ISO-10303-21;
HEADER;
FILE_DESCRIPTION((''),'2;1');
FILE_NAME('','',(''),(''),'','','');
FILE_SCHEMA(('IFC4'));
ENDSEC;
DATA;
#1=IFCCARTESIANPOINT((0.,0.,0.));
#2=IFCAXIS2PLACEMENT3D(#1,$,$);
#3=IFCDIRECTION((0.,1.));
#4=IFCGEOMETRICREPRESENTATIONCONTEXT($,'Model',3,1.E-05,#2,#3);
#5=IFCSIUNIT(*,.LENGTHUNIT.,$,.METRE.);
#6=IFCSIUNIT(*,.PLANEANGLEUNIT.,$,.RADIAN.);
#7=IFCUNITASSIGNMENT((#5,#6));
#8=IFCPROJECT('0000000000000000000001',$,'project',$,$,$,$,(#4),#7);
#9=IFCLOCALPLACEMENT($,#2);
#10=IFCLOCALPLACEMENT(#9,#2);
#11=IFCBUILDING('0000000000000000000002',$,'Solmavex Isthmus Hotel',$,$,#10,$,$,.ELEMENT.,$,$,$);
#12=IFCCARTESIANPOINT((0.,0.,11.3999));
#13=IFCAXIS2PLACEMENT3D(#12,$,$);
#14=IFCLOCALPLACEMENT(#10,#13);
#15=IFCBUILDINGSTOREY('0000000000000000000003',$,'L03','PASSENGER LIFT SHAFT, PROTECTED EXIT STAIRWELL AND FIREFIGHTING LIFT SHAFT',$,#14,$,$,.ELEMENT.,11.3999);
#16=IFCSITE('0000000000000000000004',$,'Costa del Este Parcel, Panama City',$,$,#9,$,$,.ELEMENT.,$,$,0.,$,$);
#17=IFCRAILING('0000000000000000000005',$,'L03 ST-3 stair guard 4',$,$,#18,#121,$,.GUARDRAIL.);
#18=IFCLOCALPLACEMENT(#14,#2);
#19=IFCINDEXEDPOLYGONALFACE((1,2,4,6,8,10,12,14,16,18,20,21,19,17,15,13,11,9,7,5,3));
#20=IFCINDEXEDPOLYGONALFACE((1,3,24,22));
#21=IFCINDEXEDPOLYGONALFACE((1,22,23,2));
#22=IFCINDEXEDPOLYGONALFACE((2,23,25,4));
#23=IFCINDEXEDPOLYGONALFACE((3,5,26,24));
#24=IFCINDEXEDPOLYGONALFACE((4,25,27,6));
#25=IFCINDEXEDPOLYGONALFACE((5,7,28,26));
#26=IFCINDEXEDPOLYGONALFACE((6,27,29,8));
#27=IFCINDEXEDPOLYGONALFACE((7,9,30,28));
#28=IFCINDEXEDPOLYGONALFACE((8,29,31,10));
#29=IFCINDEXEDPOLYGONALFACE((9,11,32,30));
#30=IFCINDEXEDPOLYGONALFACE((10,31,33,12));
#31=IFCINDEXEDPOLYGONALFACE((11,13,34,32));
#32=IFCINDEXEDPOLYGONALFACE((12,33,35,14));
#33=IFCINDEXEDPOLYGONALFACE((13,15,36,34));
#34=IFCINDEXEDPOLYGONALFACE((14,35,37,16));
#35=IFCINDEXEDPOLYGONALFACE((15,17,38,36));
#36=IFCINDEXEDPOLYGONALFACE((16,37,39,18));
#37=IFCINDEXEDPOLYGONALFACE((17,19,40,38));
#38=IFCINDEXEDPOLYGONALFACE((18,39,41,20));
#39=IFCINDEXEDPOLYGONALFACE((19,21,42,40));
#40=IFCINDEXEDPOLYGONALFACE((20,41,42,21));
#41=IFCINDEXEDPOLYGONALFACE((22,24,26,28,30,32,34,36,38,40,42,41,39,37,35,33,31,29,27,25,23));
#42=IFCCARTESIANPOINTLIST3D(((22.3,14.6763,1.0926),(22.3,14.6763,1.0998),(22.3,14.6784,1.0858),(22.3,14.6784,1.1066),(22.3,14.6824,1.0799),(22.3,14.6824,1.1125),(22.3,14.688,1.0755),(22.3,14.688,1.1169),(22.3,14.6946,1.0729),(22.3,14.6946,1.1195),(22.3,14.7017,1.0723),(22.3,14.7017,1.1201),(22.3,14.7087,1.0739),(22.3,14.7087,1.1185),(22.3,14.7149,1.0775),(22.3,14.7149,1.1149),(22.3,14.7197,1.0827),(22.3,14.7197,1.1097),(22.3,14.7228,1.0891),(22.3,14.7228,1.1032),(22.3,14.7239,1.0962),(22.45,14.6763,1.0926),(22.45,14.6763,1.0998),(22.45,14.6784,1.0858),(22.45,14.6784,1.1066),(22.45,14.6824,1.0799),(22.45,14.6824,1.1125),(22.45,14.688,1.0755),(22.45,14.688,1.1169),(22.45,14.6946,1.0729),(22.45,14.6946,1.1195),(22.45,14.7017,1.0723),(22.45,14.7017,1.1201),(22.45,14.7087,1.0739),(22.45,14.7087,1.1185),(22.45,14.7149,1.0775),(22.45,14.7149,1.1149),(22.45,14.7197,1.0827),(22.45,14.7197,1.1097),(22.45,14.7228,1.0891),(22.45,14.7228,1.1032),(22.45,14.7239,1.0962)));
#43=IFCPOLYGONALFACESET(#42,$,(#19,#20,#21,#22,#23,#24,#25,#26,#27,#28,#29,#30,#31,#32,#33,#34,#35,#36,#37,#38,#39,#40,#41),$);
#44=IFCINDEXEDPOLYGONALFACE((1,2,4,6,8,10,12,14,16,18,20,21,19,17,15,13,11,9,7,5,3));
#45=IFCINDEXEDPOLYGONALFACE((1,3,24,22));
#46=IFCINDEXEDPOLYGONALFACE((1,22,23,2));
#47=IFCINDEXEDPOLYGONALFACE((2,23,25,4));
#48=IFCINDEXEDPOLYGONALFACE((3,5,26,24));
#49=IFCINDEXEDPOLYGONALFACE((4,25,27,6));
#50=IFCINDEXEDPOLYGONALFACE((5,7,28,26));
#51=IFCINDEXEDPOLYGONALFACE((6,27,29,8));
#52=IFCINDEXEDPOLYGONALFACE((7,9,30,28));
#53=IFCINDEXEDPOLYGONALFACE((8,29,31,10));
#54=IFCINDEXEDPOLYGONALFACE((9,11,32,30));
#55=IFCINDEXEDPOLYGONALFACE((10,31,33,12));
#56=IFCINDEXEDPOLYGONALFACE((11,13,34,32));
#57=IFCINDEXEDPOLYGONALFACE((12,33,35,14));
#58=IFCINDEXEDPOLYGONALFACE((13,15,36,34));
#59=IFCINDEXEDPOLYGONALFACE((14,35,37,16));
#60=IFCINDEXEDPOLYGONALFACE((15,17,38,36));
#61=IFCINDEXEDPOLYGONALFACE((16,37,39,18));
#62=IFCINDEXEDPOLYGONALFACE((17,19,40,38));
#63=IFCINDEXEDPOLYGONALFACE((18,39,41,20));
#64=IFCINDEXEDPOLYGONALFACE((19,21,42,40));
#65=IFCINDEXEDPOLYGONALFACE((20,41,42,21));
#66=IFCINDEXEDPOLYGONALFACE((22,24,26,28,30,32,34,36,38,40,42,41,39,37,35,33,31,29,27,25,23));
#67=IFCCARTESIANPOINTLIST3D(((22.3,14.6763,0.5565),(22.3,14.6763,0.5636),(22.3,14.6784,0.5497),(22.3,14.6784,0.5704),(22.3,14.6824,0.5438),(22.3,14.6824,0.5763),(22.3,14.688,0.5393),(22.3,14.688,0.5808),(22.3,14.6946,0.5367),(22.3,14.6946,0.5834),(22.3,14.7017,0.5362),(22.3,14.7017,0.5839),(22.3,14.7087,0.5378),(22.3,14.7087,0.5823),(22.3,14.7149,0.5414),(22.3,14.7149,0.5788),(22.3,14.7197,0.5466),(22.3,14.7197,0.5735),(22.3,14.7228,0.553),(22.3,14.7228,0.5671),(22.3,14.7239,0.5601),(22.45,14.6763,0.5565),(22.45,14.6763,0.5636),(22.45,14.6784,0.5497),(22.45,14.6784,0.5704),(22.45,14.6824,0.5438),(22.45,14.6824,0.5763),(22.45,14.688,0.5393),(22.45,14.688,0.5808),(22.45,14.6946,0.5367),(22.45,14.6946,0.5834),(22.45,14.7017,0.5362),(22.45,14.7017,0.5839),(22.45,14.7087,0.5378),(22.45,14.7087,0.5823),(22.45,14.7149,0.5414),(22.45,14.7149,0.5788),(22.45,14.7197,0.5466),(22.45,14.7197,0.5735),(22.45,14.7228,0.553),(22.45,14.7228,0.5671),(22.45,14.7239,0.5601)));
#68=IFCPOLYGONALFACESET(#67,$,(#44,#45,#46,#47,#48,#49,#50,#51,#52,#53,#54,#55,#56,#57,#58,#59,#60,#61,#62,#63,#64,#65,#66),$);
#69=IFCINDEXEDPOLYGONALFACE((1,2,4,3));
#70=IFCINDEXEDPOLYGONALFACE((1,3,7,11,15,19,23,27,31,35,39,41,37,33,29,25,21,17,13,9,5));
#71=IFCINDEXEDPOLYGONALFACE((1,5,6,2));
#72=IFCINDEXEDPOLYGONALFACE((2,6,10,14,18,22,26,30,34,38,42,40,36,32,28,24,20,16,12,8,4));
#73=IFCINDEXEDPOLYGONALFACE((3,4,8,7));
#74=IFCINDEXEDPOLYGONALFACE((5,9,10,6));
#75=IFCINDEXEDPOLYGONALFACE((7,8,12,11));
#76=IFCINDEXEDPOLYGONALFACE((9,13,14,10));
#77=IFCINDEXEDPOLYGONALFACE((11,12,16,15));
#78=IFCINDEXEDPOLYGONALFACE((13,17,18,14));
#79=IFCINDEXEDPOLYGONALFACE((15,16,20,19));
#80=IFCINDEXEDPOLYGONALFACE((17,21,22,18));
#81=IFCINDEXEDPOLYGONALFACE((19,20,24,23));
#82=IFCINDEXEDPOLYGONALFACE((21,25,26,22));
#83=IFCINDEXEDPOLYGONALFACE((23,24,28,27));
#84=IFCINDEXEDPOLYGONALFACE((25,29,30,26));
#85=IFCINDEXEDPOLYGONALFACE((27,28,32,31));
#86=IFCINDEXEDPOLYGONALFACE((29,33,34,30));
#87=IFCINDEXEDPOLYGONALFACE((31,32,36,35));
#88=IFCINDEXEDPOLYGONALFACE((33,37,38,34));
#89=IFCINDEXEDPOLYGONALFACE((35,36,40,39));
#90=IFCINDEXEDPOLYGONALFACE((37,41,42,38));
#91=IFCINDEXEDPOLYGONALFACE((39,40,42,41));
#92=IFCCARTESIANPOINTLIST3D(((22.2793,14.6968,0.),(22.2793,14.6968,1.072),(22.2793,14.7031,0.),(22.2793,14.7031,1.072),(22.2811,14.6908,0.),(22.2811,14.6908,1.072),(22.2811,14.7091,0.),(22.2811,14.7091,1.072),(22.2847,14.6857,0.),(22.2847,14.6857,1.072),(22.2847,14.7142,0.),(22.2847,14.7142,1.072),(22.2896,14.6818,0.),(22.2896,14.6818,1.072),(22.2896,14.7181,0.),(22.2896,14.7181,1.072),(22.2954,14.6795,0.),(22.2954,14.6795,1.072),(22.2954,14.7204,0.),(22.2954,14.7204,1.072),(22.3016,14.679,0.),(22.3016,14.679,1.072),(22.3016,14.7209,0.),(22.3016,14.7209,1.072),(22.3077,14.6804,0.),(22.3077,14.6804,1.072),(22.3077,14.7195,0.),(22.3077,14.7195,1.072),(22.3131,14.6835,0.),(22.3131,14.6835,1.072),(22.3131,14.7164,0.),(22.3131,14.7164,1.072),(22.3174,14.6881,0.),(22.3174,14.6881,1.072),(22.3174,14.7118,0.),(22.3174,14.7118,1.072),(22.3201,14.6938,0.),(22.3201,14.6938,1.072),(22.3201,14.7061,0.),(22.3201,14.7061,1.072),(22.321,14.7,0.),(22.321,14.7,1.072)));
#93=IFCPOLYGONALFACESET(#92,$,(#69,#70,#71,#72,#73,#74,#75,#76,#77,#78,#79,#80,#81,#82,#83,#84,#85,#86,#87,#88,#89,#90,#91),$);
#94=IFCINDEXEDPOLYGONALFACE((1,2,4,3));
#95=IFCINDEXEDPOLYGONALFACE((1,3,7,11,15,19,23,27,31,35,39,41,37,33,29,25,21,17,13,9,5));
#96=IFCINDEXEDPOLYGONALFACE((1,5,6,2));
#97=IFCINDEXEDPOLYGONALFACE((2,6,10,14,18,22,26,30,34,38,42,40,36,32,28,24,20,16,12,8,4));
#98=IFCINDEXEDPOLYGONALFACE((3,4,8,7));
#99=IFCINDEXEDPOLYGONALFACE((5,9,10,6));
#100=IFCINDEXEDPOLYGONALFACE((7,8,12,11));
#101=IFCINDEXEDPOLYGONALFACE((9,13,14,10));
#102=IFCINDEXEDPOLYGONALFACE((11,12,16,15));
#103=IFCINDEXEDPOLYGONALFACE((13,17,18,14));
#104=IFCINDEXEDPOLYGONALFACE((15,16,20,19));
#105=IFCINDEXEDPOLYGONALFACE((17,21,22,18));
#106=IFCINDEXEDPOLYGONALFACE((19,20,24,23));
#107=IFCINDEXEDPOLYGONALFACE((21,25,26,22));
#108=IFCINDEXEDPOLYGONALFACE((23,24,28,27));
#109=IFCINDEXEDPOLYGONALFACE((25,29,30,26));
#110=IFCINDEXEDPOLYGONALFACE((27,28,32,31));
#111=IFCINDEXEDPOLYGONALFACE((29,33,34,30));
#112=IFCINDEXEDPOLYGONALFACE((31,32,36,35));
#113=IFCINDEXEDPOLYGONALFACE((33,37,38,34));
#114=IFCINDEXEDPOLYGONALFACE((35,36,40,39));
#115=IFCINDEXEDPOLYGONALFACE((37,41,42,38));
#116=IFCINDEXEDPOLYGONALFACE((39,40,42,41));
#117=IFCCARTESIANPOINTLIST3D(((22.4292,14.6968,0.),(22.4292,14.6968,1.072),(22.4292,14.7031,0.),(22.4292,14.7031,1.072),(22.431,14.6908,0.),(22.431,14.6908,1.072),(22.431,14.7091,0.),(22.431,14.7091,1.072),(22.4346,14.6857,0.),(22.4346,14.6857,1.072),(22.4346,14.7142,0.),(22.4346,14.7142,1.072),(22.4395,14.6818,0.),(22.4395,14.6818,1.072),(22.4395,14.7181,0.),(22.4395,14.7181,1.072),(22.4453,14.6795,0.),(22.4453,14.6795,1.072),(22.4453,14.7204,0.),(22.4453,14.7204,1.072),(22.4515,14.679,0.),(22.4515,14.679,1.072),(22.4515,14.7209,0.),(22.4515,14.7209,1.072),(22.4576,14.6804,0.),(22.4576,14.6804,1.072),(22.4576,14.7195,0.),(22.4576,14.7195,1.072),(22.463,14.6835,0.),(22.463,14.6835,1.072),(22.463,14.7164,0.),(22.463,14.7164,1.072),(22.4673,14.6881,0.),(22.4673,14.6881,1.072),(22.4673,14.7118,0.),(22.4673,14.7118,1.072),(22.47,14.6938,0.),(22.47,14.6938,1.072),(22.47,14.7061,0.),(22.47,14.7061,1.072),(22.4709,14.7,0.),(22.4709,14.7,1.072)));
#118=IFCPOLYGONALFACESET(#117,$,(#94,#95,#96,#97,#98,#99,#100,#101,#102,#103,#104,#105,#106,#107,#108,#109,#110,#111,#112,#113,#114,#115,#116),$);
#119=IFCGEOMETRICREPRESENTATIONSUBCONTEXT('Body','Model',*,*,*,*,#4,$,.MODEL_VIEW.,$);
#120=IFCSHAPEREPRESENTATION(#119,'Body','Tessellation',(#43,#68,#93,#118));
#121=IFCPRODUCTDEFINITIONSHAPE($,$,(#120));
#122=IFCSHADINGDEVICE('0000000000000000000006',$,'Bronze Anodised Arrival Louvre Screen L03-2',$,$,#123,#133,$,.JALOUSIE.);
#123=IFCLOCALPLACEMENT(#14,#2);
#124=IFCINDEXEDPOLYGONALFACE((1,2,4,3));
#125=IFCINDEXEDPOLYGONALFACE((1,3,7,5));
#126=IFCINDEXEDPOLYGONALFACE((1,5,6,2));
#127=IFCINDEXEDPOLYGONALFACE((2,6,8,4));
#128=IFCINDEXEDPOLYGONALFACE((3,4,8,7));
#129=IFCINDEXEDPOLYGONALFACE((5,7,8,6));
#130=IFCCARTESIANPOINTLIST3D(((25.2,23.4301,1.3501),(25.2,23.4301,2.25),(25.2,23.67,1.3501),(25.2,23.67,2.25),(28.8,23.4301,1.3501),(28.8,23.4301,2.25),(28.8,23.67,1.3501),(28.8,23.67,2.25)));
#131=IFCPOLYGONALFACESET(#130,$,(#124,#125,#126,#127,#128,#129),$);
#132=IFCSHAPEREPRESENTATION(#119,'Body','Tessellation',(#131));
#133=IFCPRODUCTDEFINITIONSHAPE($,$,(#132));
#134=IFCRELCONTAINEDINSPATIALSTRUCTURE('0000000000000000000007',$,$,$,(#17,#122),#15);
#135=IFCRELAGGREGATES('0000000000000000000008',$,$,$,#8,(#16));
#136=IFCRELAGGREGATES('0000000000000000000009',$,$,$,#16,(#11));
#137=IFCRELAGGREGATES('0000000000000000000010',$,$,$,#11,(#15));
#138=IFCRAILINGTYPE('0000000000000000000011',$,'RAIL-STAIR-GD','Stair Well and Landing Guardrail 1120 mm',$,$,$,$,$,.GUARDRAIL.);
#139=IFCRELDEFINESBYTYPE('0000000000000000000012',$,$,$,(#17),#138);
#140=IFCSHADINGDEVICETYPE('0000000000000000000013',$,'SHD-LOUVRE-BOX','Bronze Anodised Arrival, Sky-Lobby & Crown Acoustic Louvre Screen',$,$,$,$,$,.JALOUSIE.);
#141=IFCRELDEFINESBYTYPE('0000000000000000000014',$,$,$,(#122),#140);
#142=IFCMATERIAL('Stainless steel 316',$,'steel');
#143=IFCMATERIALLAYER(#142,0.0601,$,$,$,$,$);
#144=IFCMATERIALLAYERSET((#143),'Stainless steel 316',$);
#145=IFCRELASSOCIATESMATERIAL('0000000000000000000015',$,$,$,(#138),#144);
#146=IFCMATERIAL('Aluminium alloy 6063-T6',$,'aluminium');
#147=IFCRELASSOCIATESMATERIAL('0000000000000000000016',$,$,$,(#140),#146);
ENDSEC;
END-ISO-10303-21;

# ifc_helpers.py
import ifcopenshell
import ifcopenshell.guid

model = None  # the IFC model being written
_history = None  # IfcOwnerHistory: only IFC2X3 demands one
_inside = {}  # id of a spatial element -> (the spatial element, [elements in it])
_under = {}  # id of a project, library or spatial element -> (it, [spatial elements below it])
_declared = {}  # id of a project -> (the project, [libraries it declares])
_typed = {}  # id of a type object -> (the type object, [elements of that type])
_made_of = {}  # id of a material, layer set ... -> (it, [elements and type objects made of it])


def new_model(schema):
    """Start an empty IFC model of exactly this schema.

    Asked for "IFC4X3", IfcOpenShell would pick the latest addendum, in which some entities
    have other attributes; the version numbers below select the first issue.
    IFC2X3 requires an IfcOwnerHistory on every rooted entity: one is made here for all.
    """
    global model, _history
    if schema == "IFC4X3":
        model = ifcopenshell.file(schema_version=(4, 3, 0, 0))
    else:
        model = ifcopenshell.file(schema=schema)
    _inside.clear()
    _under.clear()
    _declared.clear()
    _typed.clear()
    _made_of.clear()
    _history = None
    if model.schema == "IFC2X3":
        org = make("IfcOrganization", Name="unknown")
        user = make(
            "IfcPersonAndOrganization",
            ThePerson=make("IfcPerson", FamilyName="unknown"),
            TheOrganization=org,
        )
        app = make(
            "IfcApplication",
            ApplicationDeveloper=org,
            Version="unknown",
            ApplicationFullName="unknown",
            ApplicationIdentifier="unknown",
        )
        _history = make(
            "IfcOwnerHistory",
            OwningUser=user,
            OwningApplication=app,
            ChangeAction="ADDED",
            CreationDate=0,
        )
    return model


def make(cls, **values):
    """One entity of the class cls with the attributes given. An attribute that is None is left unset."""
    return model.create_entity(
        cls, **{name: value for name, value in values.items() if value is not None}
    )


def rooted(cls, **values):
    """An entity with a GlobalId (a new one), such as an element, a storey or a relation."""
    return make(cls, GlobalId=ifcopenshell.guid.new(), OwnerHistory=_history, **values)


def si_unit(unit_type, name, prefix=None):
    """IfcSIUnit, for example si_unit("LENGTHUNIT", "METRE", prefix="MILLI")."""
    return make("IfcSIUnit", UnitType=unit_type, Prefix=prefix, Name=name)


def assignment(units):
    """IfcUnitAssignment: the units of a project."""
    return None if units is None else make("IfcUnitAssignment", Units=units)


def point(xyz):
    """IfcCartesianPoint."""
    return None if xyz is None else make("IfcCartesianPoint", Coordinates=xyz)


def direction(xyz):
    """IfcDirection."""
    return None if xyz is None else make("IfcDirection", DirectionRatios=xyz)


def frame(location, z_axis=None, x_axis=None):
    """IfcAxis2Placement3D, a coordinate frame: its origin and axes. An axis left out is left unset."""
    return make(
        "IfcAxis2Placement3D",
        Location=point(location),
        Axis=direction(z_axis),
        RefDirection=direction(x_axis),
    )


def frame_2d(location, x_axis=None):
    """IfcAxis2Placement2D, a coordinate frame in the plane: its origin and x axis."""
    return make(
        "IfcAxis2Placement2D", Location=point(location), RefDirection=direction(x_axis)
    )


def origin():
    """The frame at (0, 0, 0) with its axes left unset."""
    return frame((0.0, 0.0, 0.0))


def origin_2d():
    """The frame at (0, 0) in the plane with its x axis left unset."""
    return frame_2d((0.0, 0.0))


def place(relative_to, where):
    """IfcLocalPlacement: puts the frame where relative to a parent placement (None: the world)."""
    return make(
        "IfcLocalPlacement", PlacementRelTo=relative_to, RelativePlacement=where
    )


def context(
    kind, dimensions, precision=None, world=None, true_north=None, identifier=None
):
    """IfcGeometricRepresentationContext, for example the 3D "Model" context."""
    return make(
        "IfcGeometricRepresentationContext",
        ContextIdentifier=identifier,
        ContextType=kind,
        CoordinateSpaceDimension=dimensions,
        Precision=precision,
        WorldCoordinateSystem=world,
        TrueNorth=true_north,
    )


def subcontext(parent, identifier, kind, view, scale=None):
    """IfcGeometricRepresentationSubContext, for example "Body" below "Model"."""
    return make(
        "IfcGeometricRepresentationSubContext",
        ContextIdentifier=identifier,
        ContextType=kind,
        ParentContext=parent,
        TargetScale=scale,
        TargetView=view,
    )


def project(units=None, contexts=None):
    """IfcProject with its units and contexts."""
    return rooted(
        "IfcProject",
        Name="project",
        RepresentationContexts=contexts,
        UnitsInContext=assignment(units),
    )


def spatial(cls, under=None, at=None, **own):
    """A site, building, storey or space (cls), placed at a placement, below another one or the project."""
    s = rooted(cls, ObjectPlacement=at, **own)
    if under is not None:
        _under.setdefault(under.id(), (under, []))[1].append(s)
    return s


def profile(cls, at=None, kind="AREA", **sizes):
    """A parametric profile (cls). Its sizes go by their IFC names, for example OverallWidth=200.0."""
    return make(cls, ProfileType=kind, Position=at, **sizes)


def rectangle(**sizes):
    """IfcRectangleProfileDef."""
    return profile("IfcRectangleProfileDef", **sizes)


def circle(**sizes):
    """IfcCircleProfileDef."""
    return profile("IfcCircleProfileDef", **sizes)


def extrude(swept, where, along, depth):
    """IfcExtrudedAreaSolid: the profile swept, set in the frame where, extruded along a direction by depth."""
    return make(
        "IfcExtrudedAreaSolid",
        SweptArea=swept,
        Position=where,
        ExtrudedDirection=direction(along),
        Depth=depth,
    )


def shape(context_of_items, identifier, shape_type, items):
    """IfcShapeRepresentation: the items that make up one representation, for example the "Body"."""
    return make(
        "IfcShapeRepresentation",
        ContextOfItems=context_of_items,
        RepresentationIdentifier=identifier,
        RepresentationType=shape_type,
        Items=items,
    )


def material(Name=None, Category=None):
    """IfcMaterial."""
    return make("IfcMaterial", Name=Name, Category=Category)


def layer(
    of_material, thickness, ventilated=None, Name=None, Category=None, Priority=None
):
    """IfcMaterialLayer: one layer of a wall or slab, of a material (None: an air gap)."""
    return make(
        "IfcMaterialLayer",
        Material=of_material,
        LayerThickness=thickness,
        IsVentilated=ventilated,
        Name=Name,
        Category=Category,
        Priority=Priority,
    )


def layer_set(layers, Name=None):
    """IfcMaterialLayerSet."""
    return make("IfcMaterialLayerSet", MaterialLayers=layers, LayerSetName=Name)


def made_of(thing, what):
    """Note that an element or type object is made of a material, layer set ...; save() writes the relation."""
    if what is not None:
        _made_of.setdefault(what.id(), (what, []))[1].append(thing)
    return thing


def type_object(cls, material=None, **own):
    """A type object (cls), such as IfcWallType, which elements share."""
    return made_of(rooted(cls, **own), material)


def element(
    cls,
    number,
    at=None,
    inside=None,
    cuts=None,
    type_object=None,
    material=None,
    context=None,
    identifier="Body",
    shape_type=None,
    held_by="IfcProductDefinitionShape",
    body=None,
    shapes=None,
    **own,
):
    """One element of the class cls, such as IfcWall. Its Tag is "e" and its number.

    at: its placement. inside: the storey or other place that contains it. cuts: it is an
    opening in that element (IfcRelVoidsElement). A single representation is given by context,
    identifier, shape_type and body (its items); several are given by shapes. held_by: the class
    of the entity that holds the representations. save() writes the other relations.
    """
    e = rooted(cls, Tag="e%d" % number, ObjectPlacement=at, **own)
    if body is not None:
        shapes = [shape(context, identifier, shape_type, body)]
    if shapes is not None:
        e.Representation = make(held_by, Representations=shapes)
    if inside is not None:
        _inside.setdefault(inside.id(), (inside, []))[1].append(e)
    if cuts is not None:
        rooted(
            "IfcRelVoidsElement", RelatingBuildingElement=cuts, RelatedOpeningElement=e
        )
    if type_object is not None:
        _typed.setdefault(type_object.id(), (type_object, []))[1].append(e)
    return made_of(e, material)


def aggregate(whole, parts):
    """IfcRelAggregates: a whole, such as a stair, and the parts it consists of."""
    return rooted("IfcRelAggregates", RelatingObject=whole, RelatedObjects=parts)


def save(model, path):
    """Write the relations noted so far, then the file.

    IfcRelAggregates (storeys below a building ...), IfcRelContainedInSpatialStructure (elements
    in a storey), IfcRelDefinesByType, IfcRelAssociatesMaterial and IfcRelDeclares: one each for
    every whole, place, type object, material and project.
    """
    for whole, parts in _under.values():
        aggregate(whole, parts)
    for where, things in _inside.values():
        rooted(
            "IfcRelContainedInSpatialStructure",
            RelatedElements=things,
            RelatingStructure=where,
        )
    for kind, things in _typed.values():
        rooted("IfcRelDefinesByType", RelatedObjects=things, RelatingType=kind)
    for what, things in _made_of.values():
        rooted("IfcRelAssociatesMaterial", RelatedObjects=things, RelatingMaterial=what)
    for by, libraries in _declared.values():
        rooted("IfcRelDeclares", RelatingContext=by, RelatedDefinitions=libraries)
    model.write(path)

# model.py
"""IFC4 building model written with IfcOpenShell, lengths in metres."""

from ifc_helpers import new_model, si_unit, direction, frame, origin, origin_2d, place, context, subcontext, project, spatial, rectangle, circle, extrude, material, layer, layer_set, type_object, element, save


model = new_model("IFC4")

# Units and contexts
model_context = context("Model", 3, precision=1e-05, world=origin(), true_north=direction((0.0, 1.0)))
body_context = subcontext(model_context, "Body", "Model", "MODEL_VIEW")
ifc_project = project(units=[si_unit("LENGTHUNIT", "METRE"), si_unit("PLANEANGLEUNIT", "RADIAN")], contexts=[model_context])

# Site, building, storey
site_placement = place(None, origin())
site = spatial("IfcSite", under=ifc_project, at=site_placement, Name="Costa del Este Parcel, Panama City", CompositionType="ELEMENT", RefElevation=0.0)
building_placement = place(site_placement, origin())
building = spatial("IfcBuilding", under=site, at=building_placement, Name="Solmavex Isthmus Hotel", CompositionType="ELEMENT")
storey_placement = place(building_placement, frame((0.0, 0.0, 11.3999)))
storey = spatial("IfcBuildingStorey", under=building, at=storey_placement, Name="L03", Description="PASSENGER LIFT SHAFT, PROTECTED EXIT STAIRWELL AND FIREFIGHTING LIFT SHAFT", CompositionType="ELEMENT", Elevation=11.3999)

# Shared definitions
ifc_material_1 = material(Name="Aluminium alloy 6063-T6", Category="aluminium")

# Railing
ifc_material_2 = material(Name="Stainless steel 316", Category="steel")
ifc_layer_1 = layer(ifc_material_2, 0.0601)
ifc_layer_set_1 = layer_set([ifc_layer_1], Name="Stainless steel 316")
railing_type_1 = type_object("IfcRailingType", Name="RAIL-STAIR-GD", Description="Stair Well and Landing Guardrail 1120 mm", PredefinedType="GUARDRAIL", material=ifc_layer_set_1)
railing_1_placement = place(storey_placement, frame((22.3, 14.7, 0.0)))
element("IfcRailing", 1, at=railing_1_placement, inside=storey, type_object=railing_type_1, Name="L03 ST-3 stair guard 4", PredefinedType="GUARDRAIL", context=body_context, shape_type="SweptSolid", body=[
    extrude(circle(Radius=0.0239, at=origin_2d()), frame((0.0, 0.0, 1.0962), z_axis=(1.0, 0.0, 0.0), x_axis=(0.0, 1.0, 0.0)), (0.0, 0.0, 1.0), 0.1499),
    extrude(circle(Radius=0.0239, at=origin_2d()), frame((0.0, 0.0, 0.5601), z_axis=(1.0, 0.0, 0.0), x_axis=(0.0, 1.0, 0.0)), (0.0, 0.0, 1.0), 0.1499),
    extrude(circle(Radius=0.021, at=origin_2d()), origin(), (0.0, 0.0, 1.0), 1.072),
    extrude(circle(Radius=0.021, at=origin_2d()), frame((0.1499, 0.0, 0.0)), (0.0, 0.0, 1.0), 1.072),
])

# Shading device
shading_device_type = type_object("IfcShadingDeviceType", Name="SHD-LOUVRE-BOX", Description="Bronze Anodised Arrival, Sky-Lobby & Crown Acoustic Louvre Screen", PredefinedType="JALOUSIE", material=ifc_material_1)
shading_device_placement = place(storey_placement, frame((27.0, 23.55, 1.3501), z_axis=(0.0, 0.0, 1.0), x_axis=(1.0, 0.0, 0.0)))
element("IfcShadingDevice", 2, at=shading_device_placement, inside=storey, type_object=shading_device_type, Name="Bronze Anodised Arrival Louvre Screen L03-2", PredefinedType="JALOUSIE", context=body_context, shape_type="SweptSolid", body=[
    extrude(rectangle(XDim=3.6001, YDim=0.24, at=origin_2d()), origin(), (0.0, 0.0, 1.0), 0.8999),
])

save(model, "model.ifc")
